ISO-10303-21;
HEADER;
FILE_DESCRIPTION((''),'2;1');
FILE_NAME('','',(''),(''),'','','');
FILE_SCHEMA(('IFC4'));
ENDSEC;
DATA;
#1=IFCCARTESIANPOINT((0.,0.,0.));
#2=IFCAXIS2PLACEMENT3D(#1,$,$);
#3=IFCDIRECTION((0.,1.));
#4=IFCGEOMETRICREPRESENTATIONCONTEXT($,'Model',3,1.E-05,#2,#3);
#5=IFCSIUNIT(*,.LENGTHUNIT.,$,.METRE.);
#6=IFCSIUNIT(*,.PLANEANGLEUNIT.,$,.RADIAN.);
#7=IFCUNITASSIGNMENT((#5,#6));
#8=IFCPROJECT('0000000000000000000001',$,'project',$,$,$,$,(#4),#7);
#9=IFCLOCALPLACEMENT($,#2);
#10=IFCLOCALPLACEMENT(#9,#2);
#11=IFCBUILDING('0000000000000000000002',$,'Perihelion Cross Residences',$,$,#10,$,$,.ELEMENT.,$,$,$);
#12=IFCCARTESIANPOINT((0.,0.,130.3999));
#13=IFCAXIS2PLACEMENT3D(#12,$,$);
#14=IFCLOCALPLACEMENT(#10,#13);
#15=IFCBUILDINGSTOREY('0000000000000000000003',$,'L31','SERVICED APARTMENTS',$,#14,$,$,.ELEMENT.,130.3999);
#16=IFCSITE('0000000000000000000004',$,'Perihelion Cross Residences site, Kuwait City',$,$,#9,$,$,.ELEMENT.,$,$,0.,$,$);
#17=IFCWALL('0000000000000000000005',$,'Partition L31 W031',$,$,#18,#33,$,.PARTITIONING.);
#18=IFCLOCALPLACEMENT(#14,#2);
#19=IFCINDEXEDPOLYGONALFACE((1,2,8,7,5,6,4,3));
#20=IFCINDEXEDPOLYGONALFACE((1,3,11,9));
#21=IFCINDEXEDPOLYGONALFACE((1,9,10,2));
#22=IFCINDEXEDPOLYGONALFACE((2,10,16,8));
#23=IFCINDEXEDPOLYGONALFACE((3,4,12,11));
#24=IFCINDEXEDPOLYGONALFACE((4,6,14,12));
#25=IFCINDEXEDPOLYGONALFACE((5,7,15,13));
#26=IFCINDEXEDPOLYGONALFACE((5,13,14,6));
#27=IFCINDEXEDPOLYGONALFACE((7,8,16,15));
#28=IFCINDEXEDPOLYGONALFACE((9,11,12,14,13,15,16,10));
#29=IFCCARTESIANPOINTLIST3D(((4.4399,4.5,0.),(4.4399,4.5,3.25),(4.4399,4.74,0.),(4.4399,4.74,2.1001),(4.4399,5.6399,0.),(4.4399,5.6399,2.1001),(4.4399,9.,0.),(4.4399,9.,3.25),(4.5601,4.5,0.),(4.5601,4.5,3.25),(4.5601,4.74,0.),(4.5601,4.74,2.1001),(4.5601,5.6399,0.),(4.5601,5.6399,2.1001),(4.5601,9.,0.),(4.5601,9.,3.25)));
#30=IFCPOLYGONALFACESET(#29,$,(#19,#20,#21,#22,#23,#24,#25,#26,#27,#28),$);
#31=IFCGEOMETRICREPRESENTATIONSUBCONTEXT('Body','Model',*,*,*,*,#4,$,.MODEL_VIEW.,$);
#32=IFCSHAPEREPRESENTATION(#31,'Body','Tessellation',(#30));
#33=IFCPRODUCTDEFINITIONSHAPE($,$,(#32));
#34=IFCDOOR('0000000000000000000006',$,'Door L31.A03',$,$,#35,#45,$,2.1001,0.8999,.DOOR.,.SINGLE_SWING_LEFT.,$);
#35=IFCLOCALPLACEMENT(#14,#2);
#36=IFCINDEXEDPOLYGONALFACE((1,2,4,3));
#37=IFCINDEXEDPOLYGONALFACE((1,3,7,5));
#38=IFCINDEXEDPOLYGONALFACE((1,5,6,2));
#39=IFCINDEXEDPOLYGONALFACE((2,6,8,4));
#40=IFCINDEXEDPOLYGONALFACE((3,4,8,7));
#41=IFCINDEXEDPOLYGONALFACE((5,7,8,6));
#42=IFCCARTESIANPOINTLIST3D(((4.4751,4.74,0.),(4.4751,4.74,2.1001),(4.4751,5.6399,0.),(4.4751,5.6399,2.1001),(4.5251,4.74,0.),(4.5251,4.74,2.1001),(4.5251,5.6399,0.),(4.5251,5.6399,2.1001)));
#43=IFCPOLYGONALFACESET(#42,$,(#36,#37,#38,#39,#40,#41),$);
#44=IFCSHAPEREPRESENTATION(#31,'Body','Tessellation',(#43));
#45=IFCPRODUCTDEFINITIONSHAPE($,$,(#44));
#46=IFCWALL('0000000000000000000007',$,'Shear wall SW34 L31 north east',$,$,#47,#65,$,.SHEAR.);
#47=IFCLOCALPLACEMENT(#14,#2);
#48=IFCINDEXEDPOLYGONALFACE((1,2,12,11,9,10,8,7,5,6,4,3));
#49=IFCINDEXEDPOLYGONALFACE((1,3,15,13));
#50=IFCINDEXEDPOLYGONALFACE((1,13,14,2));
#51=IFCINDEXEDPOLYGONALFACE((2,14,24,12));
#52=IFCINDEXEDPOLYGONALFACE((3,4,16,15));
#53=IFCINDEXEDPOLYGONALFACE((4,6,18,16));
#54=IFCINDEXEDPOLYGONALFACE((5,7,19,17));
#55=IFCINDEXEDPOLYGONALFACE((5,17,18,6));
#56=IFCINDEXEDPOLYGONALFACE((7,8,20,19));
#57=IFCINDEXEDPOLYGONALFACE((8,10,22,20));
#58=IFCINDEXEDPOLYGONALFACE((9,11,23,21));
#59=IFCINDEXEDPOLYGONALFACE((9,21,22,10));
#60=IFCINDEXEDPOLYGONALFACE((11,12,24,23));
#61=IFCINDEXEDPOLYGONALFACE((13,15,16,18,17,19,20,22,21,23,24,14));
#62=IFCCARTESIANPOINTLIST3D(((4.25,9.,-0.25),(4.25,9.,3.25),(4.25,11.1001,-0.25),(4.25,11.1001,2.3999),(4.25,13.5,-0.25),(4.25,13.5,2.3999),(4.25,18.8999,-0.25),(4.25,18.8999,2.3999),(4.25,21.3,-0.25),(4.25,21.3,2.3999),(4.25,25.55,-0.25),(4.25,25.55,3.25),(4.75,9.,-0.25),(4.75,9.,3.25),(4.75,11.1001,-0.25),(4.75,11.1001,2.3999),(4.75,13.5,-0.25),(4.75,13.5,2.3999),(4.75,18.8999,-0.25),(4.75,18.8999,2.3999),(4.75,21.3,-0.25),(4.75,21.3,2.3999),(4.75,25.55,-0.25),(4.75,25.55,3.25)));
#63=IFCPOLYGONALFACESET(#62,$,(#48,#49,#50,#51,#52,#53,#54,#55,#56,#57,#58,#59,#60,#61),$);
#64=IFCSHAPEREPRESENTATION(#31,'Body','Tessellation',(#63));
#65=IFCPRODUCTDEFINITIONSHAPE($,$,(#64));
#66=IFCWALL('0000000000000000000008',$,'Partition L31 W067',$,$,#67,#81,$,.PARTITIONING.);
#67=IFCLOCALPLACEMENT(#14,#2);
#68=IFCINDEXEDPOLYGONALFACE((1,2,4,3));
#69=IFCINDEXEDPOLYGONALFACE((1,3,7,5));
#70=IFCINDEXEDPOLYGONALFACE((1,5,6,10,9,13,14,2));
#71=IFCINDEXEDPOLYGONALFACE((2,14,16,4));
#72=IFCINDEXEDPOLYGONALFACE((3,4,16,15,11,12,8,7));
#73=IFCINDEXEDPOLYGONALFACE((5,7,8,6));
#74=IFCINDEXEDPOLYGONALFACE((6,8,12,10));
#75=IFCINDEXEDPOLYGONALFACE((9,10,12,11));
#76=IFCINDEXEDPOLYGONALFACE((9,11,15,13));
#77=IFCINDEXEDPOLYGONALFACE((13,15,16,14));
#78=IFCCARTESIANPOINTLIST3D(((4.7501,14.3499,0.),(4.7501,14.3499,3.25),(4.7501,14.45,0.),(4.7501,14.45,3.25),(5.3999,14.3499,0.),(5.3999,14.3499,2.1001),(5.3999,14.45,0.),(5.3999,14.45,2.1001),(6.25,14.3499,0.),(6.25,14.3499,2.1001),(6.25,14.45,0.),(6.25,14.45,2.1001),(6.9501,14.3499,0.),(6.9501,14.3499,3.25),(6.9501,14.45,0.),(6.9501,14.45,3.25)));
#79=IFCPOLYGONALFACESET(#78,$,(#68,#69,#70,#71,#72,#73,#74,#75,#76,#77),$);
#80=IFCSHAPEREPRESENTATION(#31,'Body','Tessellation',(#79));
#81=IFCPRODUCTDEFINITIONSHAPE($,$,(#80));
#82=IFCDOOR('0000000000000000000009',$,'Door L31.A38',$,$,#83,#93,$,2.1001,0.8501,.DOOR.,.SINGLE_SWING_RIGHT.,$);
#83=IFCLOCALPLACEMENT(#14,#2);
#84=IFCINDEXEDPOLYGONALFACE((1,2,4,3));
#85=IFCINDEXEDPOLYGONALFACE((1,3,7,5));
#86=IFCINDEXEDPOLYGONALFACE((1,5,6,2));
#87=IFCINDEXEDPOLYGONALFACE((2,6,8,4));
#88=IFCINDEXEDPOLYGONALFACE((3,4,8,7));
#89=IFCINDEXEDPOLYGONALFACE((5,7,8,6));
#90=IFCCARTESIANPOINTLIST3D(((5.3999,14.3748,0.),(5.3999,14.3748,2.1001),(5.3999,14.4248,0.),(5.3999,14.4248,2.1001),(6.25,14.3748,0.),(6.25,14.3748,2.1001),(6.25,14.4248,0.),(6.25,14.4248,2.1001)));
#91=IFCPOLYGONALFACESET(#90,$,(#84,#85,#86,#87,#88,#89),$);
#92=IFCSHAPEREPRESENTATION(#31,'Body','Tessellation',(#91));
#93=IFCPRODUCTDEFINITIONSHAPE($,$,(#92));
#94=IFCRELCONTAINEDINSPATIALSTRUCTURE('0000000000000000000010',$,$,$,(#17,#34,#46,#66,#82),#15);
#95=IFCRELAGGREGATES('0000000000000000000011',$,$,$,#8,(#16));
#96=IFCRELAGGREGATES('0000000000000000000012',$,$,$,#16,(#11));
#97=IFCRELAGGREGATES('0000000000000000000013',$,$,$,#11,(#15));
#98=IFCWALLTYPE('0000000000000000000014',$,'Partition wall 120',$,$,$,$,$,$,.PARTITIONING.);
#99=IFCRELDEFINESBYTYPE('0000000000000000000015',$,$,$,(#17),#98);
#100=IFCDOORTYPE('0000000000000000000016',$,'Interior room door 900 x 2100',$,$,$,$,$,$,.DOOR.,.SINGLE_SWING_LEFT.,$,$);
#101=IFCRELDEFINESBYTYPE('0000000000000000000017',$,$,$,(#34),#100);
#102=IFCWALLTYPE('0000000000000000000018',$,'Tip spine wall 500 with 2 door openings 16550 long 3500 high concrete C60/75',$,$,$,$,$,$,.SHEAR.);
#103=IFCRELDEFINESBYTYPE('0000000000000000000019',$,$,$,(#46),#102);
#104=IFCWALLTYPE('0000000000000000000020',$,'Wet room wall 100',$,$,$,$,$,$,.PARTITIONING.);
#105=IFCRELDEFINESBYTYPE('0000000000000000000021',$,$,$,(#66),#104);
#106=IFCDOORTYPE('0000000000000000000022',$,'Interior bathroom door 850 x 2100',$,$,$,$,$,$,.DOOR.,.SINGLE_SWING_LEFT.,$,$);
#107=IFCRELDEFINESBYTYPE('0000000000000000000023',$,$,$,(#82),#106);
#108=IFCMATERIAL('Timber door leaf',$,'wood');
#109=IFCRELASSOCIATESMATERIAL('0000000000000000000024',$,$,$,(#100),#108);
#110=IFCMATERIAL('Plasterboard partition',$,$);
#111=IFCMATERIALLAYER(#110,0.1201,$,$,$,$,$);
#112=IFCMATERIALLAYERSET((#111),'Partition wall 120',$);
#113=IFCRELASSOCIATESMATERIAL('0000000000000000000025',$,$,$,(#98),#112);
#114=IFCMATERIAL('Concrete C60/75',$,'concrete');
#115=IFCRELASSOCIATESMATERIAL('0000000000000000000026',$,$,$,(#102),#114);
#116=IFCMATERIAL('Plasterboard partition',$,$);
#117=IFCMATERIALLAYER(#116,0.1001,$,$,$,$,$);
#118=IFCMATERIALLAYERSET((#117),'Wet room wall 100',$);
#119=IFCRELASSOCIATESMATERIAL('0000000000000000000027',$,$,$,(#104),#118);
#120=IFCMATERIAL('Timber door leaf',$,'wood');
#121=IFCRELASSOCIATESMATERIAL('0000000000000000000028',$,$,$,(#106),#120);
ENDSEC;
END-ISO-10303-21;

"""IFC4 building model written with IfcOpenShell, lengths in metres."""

from ifc_helpers import new_model, si_unit, direction, frame, frame_2d, origin, place, context, subcontext, project, spatial, polyline, rectangle, outline, extrude, material, layer, layer_set, material_profile, profile_set, type_object, element, fill, save


model = new_model("IFC4")

# Units and contexts
model_context = context("Model", 3, precision=1e-05, world=origin(), true_north=direction((0.0, 1.0)))
body_context = subcontext(model_context, "Body", "Model", "MODEL_VIEW")
ifc_project = project(units=[si_unit("LENGTHUNIT", "METRE"), si_unit("PLANEANGLEUNIT", "RADIAN")], contexts=[model_context])

# Site, building, storey
site_placement = place(None, origin())
site = spatial("IfcSite", under=ifc_project, at=site_placement, Name="Perihelion Cross Residences site, Kuwait City", CompositionType="ELEMENT", RefElevation=0.0)
building_placement = place(site_placement, origin())
building = spatial("IfcBuilding", under=site, at=building_placement, Name="Perihelion Cross Residences", CompositionType="ELEMENT")
storey_placement = place(building_placement, frame((0.0, 0.0, 130.3999)))
storey = spatial("IfcBuildingStorey", under=building, at=storey_placement, Name="L31", Description="SERVICED APARTMENTS", CompositionType="ELEMENT", Elevation=130.3999)

# Shared definitions
ifc_material_1 = material(Name="Timber door leaf", Category="wood")
door_type_1 = type_object("IfcDoorType", Name="Interior room door 900 x 2100", OperationType="SINGLE_SWING_LEFT", PredefinedType="DOOR", material=ifc_material_1)
ifc_material_2 = material(Name="Plasterboard partition")
ifc_layer_1 = layer(ifc_material_2, 0.1201)
ifc_layer_set_1 = layer_set([ifc_layer_1], Name="Partition wall 120")
wall_type_1 = type_object("IfcWallType", Name="Partition wall 120", PredefinedType="PARTITIONING", material=ifc_layer_set_1)

# Wall, opening, door
wall_1_placement = place(storey_placement, frame((4.5, 4.5, 0.0), z_axis=(0.0, 0.0, 1.0), x_axis=(0.0, 1.0, 0.0)))
wall_1 = element("IfcWall", 1, at=wall_1_placement, inside=storey, type_object=wall_type_1, Name="Partition L31 W031", PredefinedType="PARTITIONING", context=body_context, shape_type="SweptSolid", body=[
    extrude(rectangle(XDim=4.5, YDim=0.1201, at=frame_2d((2.25, 0.0))), origin(), (0.0, 0.0, 1.0), 3.25),
])
opening_1_placement = place(wall_1_placement, frame((0.24, 0.0, 0.0)))
opening_1 = element("IfcOpeningElement", 2, at=opening_1_placement, cuts=wall_1, PredefinedType="OPENING", context=body_context, shape_type="SweptSolid", body=[
    extrude(rectangle(XDim=0.8999, YDim=2.1001, at=frame_2d((0.45, 1.05))), frame((0.0, 0.0701, 0.0), z_axis=(0.0, -1.0, 0.0), x_axis=(1.0, 0.0, 0.0)), (0.0, 0.0, 1.0), 0.1401),
])
door_1_placement = place(opening_1_placement, origin())
door_1 = element("IfcDoor", 3, at=door_1_placement, inside=storey, type_object=door_type_1, Name="Door L31.A03", OperationType="SINGLE_SWING_LEFT", OverallHeight=2.1001, OverallWidth=0.8999, PredefinedType="DOOR", context=body_context, shape_type="SweptSolid", body=[
    extrude(rectangle(XDim=0.8999, YDim=2.1001, at=frame_2d((0.45, 1.05))), frame((0.0, 0.0249, 0.0), z_axis=(0.0, -1.0, 0.0), x_axis=(1.0, 0.0, 0.0)), (0.0, 0.0, 1.0), 0.05),
])
fill(opening_1, door_1)

# Wall
ifc_material_3 = material(Name="Concrete C60/75", Category="concrete")
ifc_material_profile_1 = material_profile(ifc_material_3, outline(polyline([(0.0, 0.0), (2.1001, 0.0), (2.1001, 2.6499), (4.5, 2.6499), (4.5, 0.0), (9.8999, 0.0), (9.8999, 2.6499), (12.3, 2.6499), (12.3, 0.0), (16.55, 0.0), (16.55, 3.5), (0.0, 3.5), (0.0, 0.0)])), Name="Tip spine wall")
ifc_profile_set_1 = profile_set([ifc_material_profile_1], Name="Concrete C60/75")
wall_type_2 = type_object("IfcWallType", Name="Tip spine wall 500 with 2 door openings 16550 long 3500 high concrete C60/75", PredefinedType="SHEAR", material=ifc_profile_set_1)
wall_2_placement = place(storey_placement, frame((4.25, 9.0, -0.25), z_axis=(1.0, 0.0, 0.0), x_axis=(0.0, 1.0, 0.0)))
element("IfcWall", 4, at=wall_2_placement, inside=storey, type_object=wall_type_2, Name="Shear wall SW34 L31 north east", PredefinedType="SHEAR", context=body_context, shape_type="SweptSolid", body=[
    extrude(outline(polyline([(0.0, 0.0), (2.1001, 0.0), (2.1001, 2.6499), (4.5, 2.6499), (4.5, 0.0), (9.8999, 0.0), (9.8999, 2.6499), (12.3, 2.6499), (12.3, 0.0), (16.55, 0.0), (16.55, 3.5), (0.0, 3.5), (0.0, 0.0)])), origin(), (0.0, 0.0, 1.0), 0.5),
])

# Wall, opening, door
ifc_material_4 = material(Name="Plasterboard partition")
ifc_layer_2 = layer(ifc_material_4, 0.1001)
ifc_layer_set_2 = layer_set([ifc_layer_2], Name="Wet room wall 100")
wall_type_3 = type_object("IfcWallType", Name="Wet room wall 100", PredefinedType="PARTITIONING", material=ifc_layer_set_2)
wall_3_placement = place(storey_placement, frame((4.75, 14.3999, 0.0), z_axis=(0.0, 0.0, 1.0), x_axis=(1.0, 0.0, 0.0)))
wall_3 = element("IfcWall", 5, at=wall_3_placement, inside=storey, type_object=wall_type_3, Name="Partition L31 W067", PredefinedType="PARTITIONING", context=body_context, shape_type="SweptSolid", body=[
    extrude(rectangle(XDim=2.2, YDim=0.1001, at=frame_2d((1.1001, 0.0))), origin(), (0.0, 0.0, 1.0), 3.25),
])
opening_2_placement = place(wall_3_placement, frame((0.6499, 0.0, 0.0)))
opening_2 = element("IfcOpeningElement", 6, at=opening_2_placement, cuts=wall_3, PredefinedType="OPENING", context=body_context, shape_type="SweptSolid", body=[
    extrude(rectangle(XDim=0.8501, YDim=2.1001, at=frame_2d((0.425, 1.05))), frame((0.0, 0.0601, 0.0), z_axis=(0.0, -1.0, 0.0), x_axis=(1.0, 0.0, 0.0)), (0.0, 0.0, 1.0), 0.1201),
])
ifc_material_5 = material(Name="Timber door leaf", Category="wood")
door_type_2 = type_object("IfcDoorType", Name="Interior bathroom door 850 x 2100", OperationType="SINGLE_SWING_LEFT", PredefinedType="DOOR", material=ifc_material_5)
door_2_placement = place(opening_2_placement, origin())
door_2 = element("IfcDoor", 7, at=door_2_placement, inside=storey, type_object=door_type_2, Name="Door L31.A38", OperationType="SINGLE_SWING_RIGHT", OverallHeight=2.1001, OverallWidth=0.8501, PredefinedType="DOOR", context=body_context, shape_type="SweptSolid", body=[
    extrude(rectangle(XDim=0.8501, YDim=2.1001, at=frame_2d((0.425, 1.05))), frame((0.0, 0.0249, 0.0), z_axis=(0.0, -1.0, 0.0), x_axis=(1.0, 0.0, 0.0)), (0.0, 0.0, 1.0), 0.05),
])
fill(opening_2, door_2)

save(model, "model.ifc")
